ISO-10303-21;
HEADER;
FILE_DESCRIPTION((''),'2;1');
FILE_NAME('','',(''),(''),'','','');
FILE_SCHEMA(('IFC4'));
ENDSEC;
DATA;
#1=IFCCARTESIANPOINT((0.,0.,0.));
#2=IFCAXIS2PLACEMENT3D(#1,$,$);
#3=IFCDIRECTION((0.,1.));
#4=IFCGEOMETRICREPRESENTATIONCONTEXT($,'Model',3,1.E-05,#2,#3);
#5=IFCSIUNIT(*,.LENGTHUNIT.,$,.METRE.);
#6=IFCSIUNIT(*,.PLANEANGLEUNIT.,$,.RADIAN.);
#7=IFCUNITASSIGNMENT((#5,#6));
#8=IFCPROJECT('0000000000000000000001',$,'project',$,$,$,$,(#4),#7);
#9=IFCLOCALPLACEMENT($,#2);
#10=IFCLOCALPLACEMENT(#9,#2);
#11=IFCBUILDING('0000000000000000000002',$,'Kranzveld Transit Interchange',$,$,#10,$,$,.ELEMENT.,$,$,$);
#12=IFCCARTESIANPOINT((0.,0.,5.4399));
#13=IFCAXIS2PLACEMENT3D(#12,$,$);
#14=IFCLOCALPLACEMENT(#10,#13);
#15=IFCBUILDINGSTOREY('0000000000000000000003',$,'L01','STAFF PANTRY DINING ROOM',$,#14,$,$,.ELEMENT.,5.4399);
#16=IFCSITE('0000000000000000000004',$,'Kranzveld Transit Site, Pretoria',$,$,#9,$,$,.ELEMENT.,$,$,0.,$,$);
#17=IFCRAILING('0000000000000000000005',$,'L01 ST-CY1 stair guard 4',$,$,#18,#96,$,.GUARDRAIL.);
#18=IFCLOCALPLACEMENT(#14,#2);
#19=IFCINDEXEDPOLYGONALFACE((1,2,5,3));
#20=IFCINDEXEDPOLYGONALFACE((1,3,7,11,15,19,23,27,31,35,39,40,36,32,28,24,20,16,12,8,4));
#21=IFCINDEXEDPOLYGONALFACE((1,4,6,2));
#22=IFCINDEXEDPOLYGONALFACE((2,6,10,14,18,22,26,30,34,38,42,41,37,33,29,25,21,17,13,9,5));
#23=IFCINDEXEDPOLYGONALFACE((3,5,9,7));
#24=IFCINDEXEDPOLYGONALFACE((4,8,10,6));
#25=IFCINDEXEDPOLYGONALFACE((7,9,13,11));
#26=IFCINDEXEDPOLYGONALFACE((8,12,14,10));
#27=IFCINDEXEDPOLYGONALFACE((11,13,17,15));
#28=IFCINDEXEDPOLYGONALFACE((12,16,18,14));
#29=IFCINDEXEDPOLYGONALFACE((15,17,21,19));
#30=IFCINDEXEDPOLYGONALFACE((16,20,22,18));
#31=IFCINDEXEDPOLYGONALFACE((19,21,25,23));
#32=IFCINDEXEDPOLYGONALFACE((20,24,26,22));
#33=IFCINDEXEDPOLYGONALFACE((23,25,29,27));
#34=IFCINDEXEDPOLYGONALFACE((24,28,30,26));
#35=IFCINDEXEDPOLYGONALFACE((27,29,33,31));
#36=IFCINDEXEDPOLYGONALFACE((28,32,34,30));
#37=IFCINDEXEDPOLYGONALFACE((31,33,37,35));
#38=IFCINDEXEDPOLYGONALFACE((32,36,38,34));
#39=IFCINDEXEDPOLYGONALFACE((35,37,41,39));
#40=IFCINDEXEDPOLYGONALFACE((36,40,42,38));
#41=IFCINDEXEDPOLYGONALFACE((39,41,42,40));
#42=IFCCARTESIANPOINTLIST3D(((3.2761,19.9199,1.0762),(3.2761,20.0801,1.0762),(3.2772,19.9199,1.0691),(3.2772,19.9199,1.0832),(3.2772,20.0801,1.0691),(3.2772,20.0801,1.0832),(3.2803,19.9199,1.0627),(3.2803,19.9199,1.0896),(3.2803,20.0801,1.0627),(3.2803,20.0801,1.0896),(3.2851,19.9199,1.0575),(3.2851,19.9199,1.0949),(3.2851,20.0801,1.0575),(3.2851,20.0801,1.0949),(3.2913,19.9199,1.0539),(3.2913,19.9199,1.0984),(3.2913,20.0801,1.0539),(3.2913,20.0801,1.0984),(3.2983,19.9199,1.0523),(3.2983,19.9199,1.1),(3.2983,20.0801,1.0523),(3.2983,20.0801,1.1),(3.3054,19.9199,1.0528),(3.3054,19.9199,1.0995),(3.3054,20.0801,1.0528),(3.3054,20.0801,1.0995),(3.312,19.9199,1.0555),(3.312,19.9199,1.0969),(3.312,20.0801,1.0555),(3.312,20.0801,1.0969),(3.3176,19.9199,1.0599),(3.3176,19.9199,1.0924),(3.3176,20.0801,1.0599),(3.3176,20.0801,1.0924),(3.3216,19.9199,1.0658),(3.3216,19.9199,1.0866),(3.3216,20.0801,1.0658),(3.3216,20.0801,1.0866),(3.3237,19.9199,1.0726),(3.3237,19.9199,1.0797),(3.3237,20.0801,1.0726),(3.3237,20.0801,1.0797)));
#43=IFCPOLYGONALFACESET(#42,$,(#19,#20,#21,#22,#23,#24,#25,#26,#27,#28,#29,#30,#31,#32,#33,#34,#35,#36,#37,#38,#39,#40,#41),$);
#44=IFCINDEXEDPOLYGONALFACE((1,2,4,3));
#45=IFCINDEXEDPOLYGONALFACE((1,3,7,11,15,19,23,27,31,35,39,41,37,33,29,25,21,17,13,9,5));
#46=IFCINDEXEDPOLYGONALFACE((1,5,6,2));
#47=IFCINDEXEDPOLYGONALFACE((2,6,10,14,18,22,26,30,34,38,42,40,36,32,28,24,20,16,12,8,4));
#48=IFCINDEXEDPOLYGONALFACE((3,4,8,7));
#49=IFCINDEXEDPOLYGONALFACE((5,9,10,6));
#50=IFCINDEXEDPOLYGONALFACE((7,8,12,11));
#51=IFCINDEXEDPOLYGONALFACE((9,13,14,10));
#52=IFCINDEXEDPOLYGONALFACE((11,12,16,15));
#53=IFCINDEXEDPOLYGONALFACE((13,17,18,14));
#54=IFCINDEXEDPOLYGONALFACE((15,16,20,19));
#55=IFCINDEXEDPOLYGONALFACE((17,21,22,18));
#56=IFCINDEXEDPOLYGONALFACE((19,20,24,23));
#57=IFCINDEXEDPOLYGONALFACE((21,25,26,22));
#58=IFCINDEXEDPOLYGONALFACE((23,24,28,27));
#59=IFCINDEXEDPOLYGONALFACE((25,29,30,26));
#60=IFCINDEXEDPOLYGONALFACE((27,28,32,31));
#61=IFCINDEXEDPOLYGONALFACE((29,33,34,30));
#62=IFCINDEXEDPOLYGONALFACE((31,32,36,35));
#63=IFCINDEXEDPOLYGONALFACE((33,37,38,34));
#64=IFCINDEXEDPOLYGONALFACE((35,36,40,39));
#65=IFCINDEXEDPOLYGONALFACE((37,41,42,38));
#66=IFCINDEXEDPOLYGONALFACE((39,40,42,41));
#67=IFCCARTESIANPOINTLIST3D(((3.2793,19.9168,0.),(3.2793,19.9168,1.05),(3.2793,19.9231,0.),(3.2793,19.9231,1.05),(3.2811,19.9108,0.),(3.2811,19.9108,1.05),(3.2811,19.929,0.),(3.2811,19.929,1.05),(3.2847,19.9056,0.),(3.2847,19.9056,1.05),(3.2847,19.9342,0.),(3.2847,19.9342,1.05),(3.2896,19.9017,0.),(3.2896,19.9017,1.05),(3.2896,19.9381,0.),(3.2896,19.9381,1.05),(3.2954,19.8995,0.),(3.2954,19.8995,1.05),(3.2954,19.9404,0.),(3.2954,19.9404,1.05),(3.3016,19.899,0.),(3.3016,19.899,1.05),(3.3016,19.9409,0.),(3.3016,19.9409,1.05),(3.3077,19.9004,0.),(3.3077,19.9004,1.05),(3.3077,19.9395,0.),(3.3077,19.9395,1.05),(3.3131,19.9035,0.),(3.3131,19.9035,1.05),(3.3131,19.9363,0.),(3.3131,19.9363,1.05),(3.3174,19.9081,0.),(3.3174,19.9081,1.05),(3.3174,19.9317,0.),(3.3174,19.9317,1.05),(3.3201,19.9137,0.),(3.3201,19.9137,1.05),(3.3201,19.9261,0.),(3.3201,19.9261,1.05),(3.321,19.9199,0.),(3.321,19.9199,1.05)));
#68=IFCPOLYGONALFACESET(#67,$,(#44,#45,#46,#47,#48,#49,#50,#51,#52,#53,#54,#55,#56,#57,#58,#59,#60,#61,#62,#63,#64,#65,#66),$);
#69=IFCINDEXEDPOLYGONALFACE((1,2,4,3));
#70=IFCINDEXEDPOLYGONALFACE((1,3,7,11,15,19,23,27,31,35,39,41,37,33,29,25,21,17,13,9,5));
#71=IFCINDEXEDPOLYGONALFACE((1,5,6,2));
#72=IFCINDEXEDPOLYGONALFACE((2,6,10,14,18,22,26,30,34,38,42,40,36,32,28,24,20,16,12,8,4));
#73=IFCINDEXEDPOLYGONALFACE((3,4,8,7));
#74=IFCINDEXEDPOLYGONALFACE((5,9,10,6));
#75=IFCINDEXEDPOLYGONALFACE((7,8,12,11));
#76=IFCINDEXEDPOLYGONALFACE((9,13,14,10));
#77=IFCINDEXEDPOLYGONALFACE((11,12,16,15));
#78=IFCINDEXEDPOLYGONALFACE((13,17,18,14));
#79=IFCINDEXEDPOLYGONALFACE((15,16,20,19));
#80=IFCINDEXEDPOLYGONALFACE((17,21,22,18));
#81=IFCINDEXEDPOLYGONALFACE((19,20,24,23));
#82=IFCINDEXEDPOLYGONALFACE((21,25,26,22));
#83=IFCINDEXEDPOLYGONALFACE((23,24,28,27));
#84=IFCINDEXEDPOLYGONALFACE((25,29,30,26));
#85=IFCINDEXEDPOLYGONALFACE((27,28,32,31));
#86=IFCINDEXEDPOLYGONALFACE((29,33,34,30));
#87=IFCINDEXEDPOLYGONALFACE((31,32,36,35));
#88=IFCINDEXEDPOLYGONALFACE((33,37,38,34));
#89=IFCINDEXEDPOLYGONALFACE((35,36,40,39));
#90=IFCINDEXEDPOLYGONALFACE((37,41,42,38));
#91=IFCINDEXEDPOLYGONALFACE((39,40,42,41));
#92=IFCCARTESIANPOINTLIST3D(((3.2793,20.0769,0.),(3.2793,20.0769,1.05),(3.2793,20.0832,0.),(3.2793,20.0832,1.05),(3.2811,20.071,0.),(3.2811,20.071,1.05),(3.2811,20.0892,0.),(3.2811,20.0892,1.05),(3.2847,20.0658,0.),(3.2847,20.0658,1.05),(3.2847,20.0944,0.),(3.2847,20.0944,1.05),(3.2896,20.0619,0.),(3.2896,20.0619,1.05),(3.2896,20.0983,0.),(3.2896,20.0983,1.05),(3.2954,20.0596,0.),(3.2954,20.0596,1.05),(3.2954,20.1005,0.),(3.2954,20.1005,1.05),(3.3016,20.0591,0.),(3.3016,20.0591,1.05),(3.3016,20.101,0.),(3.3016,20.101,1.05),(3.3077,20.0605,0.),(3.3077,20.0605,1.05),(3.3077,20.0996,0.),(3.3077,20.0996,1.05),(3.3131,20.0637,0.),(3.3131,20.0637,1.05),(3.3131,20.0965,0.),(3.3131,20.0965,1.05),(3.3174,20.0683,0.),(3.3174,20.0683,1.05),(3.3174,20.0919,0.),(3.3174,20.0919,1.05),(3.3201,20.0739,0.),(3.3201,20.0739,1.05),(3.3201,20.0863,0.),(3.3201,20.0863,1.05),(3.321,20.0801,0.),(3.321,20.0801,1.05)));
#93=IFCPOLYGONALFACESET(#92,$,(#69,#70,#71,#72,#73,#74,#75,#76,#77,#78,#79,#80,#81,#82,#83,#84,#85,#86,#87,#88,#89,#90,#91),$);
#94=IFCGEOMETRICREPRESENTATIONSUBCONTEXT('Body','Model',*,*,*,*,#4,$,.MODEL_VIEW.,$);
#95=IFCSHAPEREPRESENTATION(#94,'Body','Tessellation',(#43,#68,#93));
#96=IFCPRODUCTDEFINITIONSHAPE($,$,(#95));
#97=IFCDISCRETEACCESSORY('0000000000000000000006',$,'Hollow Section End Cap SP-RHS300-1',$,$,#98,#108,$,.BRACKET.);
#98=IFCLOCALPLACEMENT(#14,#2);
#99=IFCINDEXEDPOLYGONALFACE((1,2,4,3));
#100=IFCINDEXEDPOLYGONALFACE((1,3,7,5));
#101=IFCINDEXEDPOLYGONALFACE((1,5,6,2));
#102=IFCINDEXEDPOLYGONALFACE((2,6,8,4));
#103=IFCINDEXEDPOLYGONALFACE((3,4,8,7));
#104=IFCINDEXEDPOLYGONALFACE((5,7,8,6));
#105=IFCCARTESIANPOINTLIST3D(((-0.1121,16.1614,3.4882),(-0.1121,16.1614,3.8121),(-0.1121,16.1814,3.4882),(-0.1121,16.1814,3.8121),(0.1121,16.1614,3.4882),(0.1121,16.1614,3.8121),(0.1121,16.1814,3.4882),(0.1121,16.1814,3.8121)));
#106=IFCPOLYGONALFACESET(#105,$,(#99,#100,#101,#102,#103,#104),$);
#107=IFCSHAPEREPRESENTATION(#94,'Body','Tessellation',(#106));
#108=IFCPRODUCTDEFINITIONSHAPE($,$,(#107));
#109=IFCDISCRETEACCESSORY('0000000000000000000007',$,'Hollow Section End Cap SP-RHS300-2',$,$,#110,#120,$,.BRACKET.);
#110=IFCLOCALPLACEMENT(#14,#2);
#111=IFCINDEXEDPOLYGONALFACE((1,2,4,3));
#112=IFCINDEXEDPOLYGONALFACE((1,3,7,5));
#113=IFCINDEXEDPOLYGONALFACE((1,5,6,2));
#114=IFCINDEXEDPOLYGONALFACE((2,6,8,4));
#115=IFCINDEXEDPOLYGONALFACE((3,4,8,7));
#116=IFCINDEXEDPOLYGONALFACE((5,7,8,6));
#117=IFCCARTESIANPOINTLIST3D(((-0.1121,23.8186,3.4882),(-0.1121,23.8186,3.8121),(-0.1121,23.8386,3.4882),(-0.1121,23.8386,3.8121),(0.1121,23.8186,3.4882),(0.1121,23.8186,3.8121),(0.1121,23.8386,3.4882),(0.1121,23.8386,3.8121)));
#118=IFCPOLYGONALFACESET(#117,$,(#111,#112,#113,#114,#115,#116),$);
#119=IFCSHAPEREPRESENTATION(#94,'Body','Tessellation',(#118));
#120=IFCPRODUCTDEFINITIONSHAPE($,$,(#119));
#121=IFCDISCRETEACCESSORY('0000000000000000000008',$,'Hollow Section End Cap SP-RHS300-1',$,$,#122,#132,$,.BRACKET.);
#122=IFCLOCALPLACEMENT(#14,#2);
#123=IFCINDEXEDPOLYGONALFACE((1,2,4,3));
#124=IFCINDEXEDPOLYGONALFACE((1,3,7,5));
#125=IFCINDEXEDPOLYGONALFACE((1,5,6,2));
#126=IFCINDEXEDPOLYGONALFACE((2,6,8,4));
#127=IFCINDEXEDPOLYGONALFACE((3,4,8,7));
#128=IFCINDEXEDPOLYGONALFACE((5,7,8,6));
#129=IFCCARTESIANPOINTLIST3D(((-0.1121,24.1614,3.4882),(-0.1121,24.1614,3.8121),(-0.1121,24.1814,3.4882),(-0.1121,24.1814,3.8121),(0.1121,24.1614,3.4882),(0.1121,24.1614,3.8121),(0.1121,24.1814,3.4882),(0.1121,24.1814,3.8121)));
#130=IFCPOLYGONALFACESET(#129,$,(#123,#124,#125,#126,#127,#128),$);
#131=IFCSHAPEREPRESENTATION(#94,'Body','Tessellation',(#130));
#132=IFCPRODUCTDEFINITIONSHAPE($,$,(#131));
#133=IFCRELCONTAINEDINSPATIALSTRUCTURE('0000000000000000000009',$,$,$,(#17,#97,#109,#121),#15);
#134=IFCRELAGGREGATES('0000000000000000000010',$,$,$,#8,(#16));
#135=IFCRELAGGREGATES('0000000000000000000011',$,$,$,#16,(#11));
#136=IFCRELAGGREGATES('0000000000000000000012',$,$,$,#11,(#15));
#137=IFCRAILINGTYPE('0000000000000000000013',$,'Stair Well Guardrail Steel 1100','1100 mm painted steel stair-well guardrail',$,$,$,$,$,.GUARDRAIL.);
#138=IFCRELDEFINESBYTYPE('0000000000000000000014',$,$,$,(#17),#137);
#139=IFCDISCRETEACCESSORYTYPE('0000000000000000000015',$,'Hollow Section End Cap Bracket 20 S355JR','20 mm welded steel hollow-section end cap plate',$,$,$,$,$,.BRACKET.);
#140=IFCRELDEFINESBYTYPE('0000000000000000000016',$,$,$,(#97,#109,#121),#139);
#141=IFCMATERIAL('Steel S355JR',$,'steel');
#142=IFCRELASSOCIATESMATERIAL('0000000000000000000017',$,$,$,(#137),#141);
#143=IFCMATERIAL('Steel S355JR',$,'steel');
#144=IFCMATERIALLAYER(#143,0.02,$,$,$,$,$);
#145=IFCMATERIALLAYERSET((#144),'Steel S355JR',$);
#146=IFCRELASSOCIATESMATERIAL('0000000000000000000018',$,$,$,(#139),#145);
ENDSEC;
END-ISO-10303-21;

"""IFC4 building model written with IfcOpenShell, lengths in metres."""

from ifc_helpers import new_model, si_unit, direction, frame, origin, origin_2d, place, context, subcontext, project, spatial, rectangle, circle, extrude, material, layer, layer_set, type_object, element, save


model = new_model("IFC4")

# Units and contexts
model_context = context("Model", 3, precision=1e-05, world=origin(), true_north=direction((0.0, 1.0)))
body_context = subcontext(model_context, "Body", "Model", "MODEL_VIEW")
ifc_project = project(units=[si_unit("LENGTHUNIT", "METRE"), si_unit("PLANEANGLEUNIT", "RADIAN")], contexts=[model_context])

# Site, building, storey
site_placement = place(None, origin())
site = spatial("IfcSite", under=ifc_project, at=site_placement, Name="Kranzveld Transit Site, Pretoria", CompositionType="ELEMENT", RefElevation=0.0)
building_placement = place(site_placement, origin())
building = spatial("IfcBuilding", under=site, at=building_placement, Name="Kranzveld Transit Interchange", CompositionType="ELEMENT")
storey_placement = place(building_placement, frame((0.0, 0.0, 5.4399)))
storey = spatial("IfcBuildingStorey", under=building, at=storey_placement, Name="L01", Description="STAFF PANTRY DINING ROOM", CompositionType="ELEMENT", Elevation=5.4399)

# Railing
ifc_material_1 = material(Name="Steel S355JR", Category="steel")
railing_type_1 = type_object("IfcRailingType", Name="Stair Well Guardrail Steel 1100", Description="1100 mm painted steel stair-well guardrail", PredefinedType="GUARDRAIL", material=ifc_material_1)
railing_1_placement = place(storey_placement, frame((3.3, 19.9199, 0.0)))
element("IfcRailing", 1, at=railing_1_placement, inside=storey, type_object=railing_type_1, Name="L01 ST-CY1 stair guard 4", PredefinedType="GUARDRAIL", context=body_context, shape_type="SweptSolid", body=[
    extrude(circle(Radius=0.0239, at=origin_2d()), frame((0.0, 0.0, 1.0762), z_axis=(0.0, 1.0, 0.0), x_axis=(-1.0, 0.0, 0.0)), (0.0, 0.0, 1.0), 0.1602),
    extrude(circle(Radius=0.021, at=origin_2d()), origin(), (0.0, 0.0, 1.0), 1.05),
    extrude(circle(Radius=0.021, at=origin_2d()), frame((0.0, 0.1602, 0.0)), (0.0, 0.0, 1.0), 1.05),
])

# Discrete accessories
ifc_material_2 = material(Name="Steel S355JR", Category="steel")
ifc_layer_1 = layer(ifc_material_2, 0.02)
ifc_layer_set_1 = layer_set([ifc_layer_1], Name="Steel S355JR")
discrete_accessory_type = type_object("IfcDiscreteAccessoryType", Name="Hollow Section End Cap Bracket 20 S355JR", Description="20 mm welded steel hollow-section end cap plate", PredefinedType="BRACKET", material=ifc_layer_set_1)
for number, where, z_axis, x_axis, name in (
    (2, (0.0, 16.1814, 3.6501), (0.0, -1.0, 0.0), (1.0, 0.0, 0.0), "Hollow Section End Cap SP-RHS300-1"),
    (3, (0.0, 23.8186, 3.6501), (0.0, 1.0, 0.0), (-1.0, 0.0, 0.0), "Hollow Section End Cap SP-RHS300-2"),
    (4, (0.0, 24.1814, 3.6501), (0.0, -1.0, 0.0), (1.0, 0.0, 0.0), "Hollow Section End Cap SP-RHS300-1"),
):
    element("IfcDiscreteAccessory", number, at=place(storey_placement, frame(where, z_axis=z_axis, x_axis=x_axis)), inside=storey, type_object=discrete_accessory_type, Name=name, PredefinedType="BRACKET", context=body_context, shape_type="SweptSolid", body=[
        extrude(rectangle(XDim=0.2241, YDim=0.324, at=origin_2d()), origin(), (0.0, 0.0, 1.0), 0.02),
    ])

save(model, "model.ifc")
